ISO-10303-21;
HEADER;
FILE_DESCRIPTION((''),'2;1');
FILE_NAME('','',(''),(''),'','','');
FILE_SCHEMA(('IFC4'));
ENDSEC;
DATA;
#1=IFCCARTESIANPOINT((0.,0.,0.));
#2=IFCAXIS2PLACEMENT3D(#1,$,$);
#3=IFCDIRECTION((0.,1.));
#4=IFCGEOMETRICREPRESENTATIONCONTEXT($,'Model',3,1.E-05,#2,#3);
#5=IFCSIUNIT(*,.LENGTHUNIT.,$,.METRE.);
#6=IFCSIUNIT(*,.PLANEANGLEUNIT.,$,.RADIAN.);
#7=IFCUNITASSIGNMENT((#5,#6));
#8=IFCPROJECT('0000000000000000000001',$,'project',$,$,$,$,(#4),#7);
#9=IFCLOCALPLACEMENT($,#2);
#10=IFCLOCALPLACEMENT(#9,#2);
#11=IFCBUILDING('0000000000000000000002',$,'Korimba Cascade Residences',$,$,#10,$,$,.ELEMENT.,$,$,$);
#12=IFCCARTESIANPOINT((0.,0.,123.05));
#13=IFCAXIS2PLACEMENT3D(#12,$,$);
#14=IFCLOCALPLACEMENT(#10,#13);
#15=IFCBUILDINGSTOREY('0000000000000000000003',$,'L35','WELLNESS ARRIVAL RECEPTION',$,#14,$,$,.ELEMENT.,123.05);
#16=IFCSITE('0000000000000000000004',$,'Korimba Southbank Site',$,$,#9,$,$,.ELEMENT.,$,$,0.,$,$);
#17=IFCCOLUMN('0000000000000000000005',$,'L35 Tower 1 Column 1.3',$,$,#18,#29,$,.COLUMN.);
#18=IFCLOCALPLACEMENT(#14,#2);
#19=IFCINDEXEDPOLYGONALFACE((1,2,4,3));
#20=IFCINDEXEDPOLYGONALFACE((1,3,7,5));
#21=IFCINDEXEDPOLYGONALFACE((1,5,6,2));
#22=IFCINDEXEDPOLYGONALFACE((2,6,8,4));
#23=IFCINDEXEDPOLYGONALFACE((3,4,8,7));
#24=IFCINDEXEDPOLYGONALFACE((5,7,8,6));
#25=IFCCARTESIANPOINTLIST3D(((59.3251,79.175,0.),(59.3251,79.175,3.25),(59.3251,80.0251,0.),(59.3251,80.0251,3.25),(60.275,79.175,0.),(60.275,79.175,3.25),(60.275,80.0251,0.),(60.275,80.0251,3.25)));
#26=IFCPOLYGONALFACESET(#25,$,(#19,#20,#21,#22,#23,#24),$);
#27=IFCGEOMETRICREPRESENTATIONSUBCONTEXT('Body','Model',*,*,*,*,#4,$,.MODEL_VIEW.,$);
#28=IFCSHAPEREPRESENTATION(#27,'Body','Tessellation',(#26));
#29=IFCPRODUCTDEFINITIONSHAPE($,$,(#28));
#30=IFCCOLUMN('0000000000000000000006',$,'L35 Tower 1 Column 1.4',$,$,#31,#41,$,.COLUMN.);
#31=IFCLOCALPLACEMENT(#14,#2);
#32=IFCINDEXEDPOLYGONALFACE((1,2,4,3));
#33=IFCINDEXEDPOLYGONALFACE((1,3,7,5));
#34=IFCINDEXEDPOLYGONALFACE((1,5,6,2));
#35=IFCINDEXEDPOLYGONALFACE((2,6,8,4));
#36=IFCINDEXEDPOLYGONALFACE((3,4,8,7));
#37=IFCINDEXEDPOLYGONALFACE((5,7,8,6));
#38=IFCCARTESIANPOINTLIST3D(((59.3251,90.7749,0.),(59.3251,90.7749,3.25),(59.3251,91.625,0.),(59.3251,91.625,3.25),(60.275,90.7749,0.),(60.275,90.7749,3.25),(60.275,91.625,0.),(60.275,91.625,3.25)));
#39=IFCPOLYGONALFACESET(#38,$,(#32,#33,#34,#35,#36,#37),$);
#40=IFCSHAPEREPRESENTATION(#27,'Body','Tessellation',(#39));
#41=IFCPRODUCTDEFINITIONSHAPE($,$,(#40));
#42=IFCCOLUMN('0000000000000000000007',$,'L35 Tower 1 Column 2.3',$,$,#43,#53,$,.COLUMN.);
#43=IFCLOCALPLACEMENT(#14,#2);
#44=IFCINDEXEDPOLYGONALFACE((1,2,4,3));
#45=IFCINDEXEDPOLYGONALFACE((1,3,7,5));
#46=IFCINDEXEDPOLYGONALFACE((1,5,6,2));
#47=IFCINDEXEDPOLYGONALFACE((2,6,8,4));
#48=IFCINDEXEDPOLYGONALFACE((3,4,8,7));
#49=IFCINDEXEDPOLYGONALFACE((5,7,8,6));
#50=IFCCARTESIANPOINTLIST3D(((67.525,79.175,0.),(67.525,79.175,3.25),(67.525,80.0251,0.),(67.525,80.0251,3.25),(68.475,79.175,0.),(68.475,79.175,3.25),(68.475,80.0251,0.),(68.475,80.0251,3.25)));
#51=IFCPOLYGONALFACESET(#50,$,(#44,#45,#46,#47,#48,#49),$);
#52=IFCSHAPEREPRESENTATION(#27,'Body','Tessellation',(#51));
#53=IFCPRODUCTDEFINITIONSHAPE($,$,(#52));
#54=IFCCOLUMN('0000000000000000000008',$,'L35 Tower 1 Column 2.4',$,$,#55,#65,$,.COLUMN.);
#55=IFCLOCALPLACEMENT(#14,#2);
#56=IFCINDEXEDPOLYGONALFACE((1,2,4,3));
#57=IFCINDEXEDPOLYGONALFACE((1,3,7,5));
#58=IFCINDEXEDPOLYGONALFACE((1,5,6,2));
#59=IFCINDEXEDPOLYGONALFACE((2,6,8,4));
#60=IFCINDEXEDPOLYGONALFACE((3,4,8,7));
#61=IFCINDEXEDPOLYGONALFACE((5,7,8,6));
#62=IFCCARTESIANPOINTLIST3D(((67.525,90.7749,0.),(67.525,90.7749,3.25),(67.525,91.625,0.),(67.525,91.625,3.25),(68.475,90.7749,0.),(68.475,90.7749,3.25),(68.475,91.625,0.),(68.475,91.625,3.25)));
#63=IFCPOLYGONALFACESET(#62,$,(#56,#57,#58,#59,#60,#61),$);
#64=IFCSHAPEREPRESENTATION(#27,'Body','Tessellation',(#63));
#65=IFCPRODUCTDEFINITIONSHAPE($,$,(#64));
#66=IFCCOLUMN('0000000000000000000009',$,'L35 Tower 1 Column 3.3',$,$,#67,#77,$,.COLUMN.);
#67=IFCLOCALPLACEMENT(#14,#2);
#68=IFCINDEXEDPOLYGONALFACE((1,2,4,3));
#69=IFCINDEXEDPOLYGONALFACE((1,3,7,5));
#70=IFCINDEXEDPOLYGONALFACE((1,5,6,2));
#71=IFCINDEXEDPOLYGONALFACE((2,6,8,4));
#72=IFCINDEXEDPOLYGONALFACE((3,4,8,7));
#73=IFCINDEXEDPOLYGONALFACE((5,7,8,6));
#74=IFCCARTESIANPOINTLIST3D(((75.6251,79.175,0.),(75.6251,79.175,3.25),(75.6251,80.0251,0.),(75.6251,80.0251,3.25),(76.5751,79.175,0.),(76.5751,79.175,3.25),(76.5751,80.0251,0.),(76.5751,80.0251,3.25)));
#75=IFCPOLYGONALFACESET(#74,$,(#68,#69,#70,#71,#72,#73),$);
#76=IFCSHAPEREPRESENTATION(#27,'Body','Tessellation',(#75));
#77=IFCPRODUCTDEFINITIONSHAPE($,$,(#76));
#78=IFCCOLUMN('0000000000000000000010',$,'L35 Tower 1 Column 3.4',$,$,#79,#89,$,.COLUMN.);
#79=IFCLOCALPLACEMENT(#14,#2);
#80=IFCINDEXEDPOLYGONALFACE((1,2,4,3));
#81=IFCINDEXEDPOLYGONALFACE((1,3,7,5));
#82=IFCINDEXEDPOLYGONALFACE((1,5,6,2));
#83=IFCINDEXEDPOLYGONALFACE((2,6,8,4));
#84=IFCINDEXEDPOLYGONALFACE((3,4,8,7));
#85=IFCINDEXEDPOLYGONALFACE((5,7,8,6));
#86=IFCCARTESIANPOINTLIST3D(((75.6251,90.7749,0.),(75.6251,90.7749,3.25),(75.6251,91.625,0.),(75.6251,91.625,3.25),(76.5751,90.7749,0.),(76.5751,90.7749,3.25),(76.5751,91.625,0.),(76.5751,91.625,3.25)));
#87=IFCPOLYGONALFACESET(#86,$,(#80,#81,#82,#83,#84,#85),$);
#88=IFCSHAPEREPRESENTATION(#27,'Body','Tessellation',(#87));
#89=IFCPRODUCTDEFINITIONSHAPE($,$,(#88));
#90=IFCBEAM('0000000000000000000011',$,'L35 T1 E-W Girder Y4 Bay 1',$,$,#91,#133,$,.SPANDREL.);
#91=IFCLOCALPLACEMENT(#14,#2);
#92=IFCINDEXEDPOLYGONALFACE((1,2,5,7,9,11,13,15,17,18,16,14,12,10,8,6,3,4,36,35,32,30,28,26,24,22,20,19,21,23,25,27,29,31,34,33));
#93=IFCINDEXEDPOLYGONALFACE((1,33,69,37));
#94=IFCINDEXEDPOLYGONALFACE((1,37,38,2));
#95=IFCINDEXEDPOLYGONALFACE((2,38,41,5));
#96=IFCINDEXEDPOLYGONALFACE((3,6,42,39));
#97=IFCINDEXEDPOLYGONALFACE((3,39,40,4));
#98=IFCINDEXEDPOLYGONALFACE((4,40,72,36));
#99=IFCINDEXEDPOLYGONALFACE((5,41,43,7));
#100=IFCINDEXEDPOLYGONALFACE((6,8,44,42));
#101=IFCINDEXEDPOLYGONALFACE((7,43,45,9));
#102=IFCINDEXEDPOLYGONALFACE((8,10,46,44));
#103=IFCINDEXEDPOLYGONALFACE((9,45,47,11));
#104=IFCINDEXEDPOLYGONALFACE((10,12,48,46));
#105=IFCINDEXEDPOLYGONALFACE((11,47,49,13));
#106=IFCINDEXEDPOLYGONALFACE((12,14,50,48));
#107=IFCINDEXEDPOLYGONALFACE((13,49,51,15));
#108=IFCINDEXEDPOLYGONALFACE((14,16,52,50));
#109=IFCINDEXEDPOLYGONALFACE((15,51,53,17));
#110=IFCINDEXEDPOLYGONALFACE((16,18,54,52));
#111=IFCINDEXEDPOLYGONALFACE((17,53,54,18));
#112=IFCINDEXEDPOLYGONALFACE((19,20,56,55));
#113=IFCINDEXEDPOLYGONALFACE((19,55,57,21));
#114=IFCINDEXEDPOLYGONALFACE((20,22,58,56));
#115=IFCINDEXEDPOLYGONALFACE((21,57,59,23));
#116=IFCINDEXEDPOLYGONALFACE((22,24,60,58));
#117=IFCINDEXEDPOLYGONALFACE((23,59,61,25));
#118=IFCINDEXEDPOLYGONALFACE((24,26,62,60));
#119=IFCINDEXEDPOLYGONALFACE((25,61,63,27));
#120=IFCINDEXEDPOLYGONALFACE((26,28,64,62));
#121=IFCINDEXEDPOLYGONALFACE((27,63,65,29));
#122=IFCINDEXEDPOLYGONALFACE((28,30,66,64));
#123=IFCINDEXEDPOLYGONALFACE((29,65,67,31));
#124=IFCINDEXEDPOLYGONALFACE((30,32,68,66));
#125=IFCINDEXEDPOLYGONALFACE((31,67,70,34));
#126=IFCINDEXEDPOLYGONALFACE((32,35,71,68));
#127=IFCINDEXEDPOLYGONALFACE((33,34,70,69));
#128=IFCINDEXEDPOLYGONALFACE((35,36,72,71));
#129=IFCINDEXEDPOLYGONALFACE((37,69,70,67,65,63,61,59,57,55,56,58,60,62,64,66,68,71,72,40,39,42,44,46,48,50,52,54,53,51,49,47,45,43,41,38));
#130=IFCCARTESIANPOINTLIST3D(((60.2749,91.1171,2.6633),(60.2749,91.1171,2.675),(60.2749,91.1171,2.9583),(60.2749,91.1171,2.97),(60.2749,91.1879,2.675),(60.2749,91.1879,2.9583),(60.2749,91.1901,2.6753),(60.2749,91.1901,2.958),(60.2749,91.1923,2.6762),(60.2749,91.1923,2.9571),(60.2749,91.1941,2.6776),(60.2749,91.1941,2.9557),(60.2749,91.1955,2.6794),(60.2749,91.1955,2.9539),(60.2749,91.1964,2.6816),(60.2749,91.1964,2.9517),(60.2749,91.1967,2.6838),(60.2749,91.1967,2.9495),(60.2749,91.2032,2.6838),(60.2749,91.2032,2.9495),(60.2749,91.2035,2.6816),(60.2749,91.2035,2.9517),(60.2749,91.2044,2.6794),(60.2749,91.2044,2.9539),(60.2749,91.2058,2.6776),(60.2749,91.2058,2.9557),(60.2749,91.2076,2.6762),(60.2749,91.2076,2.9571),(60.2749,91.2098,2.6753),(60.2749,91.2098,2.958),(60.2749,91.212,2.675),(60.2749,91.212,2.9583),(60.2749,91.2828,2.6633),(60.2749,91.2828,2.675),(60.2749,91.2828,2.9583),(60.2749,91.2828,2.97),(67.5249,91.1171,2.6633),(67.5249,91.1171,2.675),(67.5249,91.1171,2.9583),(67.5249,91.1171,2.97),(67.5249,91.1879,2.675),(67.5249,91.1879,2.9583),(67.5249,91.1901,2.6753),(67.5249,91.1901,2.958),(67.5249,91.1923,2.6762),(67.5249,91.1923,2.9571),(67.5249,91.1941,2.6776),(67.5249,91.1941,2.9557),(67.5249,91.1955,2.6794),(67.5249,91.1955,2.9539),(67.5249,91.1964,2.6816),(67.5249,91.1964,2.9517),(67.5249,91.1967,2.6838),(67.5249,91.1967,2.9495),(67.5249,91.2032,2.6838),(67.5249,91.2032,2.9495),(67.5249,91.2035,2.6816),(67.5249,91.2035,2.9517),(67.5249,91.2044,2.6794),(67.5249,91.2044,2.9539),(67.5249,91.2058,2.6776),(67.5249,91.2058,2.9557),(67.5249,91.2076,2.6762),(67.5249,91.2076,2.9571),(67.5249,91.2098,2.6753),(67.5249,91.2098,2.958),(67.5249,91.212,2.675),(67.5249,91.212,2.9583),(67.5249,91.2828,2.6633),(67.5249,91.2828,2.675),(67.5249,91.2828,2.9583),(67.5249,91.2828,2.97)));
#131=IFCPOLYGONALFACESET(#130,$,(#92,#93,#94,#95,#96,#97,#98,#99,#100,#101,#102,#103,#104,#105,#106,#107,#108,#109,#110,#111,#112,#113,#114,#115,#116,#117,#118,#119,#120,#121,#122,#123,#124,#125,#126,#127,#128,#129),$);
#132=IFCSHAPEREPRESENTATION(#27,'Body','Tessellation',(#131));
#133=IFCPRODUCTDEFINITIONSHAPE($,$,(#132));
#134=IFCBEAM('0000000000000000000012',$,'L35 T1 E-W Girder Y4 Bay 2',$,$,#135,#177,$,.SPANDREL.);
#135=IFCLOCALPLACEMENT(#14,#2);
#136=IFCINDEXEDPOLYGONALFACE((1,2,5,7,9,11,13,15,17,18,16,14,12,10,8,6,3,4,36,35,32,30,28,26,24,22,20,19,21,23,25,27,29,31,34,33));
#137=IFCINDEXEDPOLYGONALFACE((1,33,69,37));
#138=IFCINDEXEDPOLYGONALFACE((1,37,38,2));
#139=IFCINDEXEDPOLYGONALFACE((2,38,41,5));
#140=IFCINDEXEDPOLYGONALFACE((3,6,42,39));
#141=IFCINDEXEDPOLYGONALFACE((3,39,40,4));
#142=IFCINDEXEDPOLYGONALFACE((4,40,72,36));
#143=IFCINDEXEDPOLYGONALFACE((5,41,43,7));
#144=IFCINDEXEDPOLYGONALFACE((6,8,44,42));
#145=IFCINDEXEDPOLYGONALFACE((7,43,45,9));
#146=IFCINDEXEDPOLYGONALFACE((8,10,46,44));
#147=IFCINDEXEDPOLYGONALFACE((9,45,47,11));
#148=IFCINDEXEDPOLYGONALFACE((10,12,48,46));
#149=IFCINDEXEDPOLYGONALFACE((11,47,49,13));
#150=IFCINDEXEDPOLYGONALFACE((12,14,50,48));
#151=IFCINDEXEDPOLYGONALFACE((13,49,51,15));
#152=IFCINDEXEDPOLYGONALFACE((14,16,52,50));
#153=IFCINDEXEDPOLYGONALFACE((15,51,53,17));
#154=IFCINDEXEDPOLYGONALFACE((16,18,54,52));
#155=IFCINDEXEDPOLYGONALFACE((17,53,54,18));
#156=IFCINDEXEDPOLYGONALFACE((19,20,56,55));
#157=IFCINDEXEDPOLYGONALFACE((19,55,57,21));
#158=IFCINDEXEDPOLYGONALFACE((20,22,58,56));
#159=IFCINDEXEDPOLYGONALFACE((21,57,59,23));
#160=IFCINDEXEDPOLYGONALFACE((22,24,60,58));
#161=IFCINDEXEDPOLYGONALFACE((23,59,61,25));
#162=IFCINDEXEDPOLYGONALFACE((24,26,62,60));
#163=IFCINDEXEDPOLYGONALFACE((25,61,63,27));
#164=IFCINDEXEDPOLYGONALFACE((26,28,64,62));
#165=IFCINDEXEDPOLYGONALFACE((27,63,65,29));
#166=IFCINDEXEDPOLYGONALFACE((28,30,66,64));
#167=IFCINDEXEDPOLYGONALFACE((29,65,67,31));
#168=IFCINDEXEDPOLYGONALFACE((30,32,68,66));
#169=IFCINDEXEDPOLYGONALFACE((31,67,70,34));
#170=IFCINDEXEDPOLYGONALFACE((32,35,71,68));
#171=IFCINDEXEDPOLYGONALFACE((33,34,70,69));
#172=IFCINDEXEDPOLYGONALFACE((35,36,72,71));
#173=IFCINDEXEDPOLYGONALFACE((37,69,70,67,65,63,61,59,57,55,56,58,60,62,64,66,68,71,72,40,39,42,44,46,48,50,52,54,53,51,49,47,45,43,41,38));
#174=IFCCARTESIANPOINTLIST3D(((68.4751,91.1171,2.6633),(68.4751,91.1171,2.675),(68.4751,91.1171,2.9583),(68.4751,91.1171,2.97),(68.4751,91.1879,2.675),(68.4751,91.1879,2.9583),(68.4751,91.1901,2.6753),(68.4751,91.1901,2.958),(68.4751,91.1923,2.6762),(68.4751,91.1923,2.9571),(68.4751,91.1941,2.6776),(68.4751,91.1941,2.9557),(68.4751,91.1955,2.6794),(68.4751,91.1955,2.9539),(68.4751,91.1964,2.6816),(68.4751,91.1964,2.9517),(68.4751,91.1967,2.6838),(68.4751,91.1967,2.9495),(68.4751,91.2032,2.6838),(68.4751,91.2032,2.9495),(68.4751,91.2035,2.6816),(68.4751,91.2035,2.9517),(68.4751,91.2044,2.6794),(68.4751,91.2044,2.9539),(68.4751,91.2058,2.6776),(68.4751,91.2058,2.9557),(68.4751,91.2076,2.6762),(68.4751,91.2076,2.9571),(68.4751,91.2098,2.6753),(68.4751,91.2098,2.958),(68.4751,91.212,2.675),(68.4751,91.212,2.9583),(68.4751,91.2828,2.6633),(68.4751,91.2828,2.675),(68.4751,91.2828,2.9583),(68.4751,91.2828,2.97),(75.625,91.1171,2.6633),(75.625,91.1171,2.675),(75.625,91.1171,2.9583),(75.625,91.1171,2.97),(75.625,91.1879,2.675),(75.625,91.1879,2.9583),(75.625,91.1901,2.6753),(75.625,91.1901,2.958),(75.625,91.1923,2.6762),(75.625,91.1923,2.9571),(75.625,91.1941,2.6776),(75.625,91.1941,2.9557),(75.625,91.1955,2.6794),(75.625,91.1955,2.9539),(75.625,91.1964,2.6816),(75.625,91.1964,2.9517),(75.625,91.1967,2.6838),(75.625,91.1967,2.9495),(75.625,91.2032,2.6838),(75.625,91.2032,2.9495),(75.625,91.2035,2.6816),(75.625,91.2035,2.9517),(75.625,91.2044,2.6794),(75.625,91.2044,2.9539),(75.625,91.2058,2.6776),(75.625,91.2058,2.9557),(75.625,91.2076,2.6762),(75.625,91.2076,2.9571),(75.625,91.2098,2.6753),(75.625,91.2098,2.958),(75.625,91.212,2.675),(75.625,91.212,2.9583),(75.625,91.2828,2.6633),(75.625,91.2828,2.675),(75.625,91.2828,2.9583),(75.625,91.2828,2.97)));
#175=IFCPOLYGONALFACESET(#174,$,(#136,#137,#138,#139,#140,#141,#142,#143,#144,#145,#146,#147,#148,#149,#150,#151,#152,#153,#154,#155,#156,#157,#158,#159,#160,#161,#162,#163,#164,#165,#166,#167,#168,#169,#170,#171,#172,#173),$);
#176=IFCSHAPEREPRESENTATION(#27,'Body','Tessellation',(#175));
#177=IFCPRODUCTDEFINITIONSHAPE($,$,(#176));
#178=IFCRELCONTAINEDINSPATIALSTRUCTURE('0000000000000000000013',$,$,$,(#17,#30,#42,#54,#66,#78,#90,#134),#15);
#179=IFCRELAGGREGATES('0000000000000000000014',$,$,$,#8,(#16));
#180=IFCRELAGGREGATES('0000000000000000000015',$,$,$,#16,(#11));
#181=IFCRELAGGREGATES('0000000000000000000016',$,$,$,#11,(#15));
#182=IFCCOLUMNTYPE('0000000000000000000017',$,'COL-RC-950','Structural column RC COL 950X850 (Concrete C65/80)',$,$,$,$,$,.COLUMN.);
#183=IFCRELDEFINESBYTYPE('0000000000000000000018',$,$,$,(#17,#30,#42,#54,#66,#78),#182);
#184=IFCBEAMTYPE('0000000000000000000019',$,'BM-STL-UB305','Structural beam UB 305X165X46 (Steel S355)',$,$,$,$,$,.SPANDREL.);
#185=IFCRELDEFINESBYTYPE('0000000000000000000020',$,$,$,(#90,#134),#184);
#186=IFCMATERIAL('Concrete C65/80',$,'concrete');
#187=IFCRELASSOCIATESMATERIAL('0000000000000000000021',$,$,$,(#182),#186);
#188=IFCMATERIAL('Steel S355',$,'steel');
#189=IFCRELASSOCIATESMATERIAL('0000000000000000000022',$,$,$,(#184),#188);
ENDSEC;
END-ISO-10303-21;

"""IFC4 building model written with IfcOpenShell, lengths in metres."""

from ifc_helpers import new_model, si_unit, direction, frame, origin, origin_2d, place, context, subcontext, project, spatial, rectangle, i_section, extrude, material, material_profile, profile_set, type_object, element, save


model = new_model("IFC4")

# Units and contexts
model_context = context("Model", 3, precision=1e-05, world=origin(), true_north=direction((0.0, 1.0)))
body_context = subcontext(model_context, "Body", "Model", "MODEL_VIEW")
ifc_project = project(units=[si_unit("LENGTHUNIT", "METRE"), si_unit("PLANEANGLEUNIT", "RADIAN")], contexts=[model_context])

# Site, building, storey
site_placement = place(None, origin())
site = spatial("IfcSite", under=ifc_project, at=site_placement, Name="Korimba Southbank Site", CompositionType="ELEMENT", RefElevation=0.0)
building_placement = place(site_placement, origin())
building = spatial("IfcBuilding", under=site, at=building_placement, Name="Korimba Cascade Residences", CompositionType="ELEMENT")
storey_placement = place(building_placement, frame((0.0, 0.0, 123.05)))
storey = spatial("IfcBuildingStorey", under=building, at=storey_placement, Name="L35", Description="WELLNESS ARRIVAL RECEPTION", CompositionType="ELEMENT", Elevation=123.05)

# Columns
ifc_material_1 = material(Name="Concrete C65/80", Category="concrete")
ifc_material_profile_1 = material_profile(ifc_material_1, rectangle(XDim=0.95, YDim=0.8501, at=origin_2d()), Name="Concrete C65/80")
ifc_profile_set_1 = profile_set([ifc_material_profile_1], Name="Concrete C65/80")
column_type = type_object("IfcColumnType", Name="COL-RC-950", Description="Structural column RC COL 950X850 (Concrete C65/80)", PredefinedType="COLUMN", material=ifc_profile_set_1)
for number, where, z_axis, x_axis, name in (
    (1, (59.8, 79.6001, 0.0), (0.0, 0.0, 1.0), (1.0, 0.0, 0.0), "L35 Tower 1 Column 1.3"),
    (2, (59.8, 91.2, 0.0), (0.0, 0.0, 1.0), (1.0, 0.0, 0.0), "L35 Tower 1 Column 1.4"),
    (3, (68.0, 79.6001, 0.0), (0.0, 0.0, 1.0), (1.0, 0.0, 0.0), "L35 Tower 1 Column 2.3"),
    (4, (68.0, 91.2, 0.0), (0.0, 0.0, 1.0), (1.0, 0.0, 0.0), "L35 Tower 1 Column 2.4"),
    (5, (76.1001, 79.6001, 0.0), (0.0, 0.0, 1.0), (1.0, 0.0, 0.0), "L35 Tower 1 Column 3.3"),
    (6, (76.1001, 91.2, 0.0), (0.0, 0.0, 1.0), (1.0, 0.0, 0.0), "L35 Tower 1 Column 3.4"),
):
    element("IfcColumn", number, at=place(storey_placement, frame(where, z_axis=z_axis, x_axis=x_axis)), inside=storey, type_object=column_type, Name=name, PredefinedType="COLUMN", context=body_context, shape_type="SweptSolid", body=[
        extrude(rectangle(XDim=0.95, YDim=0.8501, at=origin_2d()), origin(), (0.0, 0.0, 1.0), 3.25),
    ])

# Beams
ifc_material_2 = material(Name="Steel S355", Category="steel")
ifc_material_profile_2 = material_profile(ifc_material_2, i_section(OverallWidth=0.1658, OverallDepth=0.3066, WebThickness=0.0066, FlangeThickness=0.0117, FilletRadius=0.0088, at=origin_2d()), Name="Steel S355")
ifc_profile_set_2 = profile_set([ifc_material_profile_2], Name="Steel S355")
beam_type_1 = type_object("IfcBeamType", Name="BM-STL-UB305", Description="Structural beam UB 305X165X46 (Steel S355)", PredefinedType="SPANDREL", material=ifc_profile_set_2)
beam_1_placement = place(storey_placement, frame((60.2749, 91.2, 2.8167), z_axis=(1.0, 0.0, 0.0), x_axis=(0.0, 1.0, 0.0)))
element("IfcBeam", 7, at=beam_1_placement, inside=storey, type_object=beam_type_1, Name="L35 T1 E-W Girder Y4 Bay 1", PredefinedType="SPANDREL", context=body_context, shape_type="SweptSolid", body=[
    extrude(i_section(OverallWidth=0.1658, OverallDepth=0.3066, WebThickness=0.0066, FlangeThickness=0.0117, FilletRadius=0.0088, at=origin_2d()), origin(), (0.0, 0.0, 1.0), 7.25),
])
beam_2_placement = place(storey_placement, frame((68.4751, 91.2, 2.8167), z_axis=(1.0, 0.0, 0.0), x_axis=(0.0, 1.0, 0.0)))
element("IfcBeam", 8, at=beam_2_placement, inside=storey, type_object=beam_type_1, Name="L35 T1 E-W Girder Y4 Bay 2", PredefinedType="SPANDREL", context=body_context, shape_type="SweptSolid", body=[
    extrude(i_section(OverallWidth=0.1658, OverallDepth=0.3066, WebThickness=0.0066, FlangeThickness=0.0117, FilletRadius=0.0088, at=origin_2d()), origin(), (0.0, 0.0, 1.0), 7.1499),
])

save(model, "model.ifc")
